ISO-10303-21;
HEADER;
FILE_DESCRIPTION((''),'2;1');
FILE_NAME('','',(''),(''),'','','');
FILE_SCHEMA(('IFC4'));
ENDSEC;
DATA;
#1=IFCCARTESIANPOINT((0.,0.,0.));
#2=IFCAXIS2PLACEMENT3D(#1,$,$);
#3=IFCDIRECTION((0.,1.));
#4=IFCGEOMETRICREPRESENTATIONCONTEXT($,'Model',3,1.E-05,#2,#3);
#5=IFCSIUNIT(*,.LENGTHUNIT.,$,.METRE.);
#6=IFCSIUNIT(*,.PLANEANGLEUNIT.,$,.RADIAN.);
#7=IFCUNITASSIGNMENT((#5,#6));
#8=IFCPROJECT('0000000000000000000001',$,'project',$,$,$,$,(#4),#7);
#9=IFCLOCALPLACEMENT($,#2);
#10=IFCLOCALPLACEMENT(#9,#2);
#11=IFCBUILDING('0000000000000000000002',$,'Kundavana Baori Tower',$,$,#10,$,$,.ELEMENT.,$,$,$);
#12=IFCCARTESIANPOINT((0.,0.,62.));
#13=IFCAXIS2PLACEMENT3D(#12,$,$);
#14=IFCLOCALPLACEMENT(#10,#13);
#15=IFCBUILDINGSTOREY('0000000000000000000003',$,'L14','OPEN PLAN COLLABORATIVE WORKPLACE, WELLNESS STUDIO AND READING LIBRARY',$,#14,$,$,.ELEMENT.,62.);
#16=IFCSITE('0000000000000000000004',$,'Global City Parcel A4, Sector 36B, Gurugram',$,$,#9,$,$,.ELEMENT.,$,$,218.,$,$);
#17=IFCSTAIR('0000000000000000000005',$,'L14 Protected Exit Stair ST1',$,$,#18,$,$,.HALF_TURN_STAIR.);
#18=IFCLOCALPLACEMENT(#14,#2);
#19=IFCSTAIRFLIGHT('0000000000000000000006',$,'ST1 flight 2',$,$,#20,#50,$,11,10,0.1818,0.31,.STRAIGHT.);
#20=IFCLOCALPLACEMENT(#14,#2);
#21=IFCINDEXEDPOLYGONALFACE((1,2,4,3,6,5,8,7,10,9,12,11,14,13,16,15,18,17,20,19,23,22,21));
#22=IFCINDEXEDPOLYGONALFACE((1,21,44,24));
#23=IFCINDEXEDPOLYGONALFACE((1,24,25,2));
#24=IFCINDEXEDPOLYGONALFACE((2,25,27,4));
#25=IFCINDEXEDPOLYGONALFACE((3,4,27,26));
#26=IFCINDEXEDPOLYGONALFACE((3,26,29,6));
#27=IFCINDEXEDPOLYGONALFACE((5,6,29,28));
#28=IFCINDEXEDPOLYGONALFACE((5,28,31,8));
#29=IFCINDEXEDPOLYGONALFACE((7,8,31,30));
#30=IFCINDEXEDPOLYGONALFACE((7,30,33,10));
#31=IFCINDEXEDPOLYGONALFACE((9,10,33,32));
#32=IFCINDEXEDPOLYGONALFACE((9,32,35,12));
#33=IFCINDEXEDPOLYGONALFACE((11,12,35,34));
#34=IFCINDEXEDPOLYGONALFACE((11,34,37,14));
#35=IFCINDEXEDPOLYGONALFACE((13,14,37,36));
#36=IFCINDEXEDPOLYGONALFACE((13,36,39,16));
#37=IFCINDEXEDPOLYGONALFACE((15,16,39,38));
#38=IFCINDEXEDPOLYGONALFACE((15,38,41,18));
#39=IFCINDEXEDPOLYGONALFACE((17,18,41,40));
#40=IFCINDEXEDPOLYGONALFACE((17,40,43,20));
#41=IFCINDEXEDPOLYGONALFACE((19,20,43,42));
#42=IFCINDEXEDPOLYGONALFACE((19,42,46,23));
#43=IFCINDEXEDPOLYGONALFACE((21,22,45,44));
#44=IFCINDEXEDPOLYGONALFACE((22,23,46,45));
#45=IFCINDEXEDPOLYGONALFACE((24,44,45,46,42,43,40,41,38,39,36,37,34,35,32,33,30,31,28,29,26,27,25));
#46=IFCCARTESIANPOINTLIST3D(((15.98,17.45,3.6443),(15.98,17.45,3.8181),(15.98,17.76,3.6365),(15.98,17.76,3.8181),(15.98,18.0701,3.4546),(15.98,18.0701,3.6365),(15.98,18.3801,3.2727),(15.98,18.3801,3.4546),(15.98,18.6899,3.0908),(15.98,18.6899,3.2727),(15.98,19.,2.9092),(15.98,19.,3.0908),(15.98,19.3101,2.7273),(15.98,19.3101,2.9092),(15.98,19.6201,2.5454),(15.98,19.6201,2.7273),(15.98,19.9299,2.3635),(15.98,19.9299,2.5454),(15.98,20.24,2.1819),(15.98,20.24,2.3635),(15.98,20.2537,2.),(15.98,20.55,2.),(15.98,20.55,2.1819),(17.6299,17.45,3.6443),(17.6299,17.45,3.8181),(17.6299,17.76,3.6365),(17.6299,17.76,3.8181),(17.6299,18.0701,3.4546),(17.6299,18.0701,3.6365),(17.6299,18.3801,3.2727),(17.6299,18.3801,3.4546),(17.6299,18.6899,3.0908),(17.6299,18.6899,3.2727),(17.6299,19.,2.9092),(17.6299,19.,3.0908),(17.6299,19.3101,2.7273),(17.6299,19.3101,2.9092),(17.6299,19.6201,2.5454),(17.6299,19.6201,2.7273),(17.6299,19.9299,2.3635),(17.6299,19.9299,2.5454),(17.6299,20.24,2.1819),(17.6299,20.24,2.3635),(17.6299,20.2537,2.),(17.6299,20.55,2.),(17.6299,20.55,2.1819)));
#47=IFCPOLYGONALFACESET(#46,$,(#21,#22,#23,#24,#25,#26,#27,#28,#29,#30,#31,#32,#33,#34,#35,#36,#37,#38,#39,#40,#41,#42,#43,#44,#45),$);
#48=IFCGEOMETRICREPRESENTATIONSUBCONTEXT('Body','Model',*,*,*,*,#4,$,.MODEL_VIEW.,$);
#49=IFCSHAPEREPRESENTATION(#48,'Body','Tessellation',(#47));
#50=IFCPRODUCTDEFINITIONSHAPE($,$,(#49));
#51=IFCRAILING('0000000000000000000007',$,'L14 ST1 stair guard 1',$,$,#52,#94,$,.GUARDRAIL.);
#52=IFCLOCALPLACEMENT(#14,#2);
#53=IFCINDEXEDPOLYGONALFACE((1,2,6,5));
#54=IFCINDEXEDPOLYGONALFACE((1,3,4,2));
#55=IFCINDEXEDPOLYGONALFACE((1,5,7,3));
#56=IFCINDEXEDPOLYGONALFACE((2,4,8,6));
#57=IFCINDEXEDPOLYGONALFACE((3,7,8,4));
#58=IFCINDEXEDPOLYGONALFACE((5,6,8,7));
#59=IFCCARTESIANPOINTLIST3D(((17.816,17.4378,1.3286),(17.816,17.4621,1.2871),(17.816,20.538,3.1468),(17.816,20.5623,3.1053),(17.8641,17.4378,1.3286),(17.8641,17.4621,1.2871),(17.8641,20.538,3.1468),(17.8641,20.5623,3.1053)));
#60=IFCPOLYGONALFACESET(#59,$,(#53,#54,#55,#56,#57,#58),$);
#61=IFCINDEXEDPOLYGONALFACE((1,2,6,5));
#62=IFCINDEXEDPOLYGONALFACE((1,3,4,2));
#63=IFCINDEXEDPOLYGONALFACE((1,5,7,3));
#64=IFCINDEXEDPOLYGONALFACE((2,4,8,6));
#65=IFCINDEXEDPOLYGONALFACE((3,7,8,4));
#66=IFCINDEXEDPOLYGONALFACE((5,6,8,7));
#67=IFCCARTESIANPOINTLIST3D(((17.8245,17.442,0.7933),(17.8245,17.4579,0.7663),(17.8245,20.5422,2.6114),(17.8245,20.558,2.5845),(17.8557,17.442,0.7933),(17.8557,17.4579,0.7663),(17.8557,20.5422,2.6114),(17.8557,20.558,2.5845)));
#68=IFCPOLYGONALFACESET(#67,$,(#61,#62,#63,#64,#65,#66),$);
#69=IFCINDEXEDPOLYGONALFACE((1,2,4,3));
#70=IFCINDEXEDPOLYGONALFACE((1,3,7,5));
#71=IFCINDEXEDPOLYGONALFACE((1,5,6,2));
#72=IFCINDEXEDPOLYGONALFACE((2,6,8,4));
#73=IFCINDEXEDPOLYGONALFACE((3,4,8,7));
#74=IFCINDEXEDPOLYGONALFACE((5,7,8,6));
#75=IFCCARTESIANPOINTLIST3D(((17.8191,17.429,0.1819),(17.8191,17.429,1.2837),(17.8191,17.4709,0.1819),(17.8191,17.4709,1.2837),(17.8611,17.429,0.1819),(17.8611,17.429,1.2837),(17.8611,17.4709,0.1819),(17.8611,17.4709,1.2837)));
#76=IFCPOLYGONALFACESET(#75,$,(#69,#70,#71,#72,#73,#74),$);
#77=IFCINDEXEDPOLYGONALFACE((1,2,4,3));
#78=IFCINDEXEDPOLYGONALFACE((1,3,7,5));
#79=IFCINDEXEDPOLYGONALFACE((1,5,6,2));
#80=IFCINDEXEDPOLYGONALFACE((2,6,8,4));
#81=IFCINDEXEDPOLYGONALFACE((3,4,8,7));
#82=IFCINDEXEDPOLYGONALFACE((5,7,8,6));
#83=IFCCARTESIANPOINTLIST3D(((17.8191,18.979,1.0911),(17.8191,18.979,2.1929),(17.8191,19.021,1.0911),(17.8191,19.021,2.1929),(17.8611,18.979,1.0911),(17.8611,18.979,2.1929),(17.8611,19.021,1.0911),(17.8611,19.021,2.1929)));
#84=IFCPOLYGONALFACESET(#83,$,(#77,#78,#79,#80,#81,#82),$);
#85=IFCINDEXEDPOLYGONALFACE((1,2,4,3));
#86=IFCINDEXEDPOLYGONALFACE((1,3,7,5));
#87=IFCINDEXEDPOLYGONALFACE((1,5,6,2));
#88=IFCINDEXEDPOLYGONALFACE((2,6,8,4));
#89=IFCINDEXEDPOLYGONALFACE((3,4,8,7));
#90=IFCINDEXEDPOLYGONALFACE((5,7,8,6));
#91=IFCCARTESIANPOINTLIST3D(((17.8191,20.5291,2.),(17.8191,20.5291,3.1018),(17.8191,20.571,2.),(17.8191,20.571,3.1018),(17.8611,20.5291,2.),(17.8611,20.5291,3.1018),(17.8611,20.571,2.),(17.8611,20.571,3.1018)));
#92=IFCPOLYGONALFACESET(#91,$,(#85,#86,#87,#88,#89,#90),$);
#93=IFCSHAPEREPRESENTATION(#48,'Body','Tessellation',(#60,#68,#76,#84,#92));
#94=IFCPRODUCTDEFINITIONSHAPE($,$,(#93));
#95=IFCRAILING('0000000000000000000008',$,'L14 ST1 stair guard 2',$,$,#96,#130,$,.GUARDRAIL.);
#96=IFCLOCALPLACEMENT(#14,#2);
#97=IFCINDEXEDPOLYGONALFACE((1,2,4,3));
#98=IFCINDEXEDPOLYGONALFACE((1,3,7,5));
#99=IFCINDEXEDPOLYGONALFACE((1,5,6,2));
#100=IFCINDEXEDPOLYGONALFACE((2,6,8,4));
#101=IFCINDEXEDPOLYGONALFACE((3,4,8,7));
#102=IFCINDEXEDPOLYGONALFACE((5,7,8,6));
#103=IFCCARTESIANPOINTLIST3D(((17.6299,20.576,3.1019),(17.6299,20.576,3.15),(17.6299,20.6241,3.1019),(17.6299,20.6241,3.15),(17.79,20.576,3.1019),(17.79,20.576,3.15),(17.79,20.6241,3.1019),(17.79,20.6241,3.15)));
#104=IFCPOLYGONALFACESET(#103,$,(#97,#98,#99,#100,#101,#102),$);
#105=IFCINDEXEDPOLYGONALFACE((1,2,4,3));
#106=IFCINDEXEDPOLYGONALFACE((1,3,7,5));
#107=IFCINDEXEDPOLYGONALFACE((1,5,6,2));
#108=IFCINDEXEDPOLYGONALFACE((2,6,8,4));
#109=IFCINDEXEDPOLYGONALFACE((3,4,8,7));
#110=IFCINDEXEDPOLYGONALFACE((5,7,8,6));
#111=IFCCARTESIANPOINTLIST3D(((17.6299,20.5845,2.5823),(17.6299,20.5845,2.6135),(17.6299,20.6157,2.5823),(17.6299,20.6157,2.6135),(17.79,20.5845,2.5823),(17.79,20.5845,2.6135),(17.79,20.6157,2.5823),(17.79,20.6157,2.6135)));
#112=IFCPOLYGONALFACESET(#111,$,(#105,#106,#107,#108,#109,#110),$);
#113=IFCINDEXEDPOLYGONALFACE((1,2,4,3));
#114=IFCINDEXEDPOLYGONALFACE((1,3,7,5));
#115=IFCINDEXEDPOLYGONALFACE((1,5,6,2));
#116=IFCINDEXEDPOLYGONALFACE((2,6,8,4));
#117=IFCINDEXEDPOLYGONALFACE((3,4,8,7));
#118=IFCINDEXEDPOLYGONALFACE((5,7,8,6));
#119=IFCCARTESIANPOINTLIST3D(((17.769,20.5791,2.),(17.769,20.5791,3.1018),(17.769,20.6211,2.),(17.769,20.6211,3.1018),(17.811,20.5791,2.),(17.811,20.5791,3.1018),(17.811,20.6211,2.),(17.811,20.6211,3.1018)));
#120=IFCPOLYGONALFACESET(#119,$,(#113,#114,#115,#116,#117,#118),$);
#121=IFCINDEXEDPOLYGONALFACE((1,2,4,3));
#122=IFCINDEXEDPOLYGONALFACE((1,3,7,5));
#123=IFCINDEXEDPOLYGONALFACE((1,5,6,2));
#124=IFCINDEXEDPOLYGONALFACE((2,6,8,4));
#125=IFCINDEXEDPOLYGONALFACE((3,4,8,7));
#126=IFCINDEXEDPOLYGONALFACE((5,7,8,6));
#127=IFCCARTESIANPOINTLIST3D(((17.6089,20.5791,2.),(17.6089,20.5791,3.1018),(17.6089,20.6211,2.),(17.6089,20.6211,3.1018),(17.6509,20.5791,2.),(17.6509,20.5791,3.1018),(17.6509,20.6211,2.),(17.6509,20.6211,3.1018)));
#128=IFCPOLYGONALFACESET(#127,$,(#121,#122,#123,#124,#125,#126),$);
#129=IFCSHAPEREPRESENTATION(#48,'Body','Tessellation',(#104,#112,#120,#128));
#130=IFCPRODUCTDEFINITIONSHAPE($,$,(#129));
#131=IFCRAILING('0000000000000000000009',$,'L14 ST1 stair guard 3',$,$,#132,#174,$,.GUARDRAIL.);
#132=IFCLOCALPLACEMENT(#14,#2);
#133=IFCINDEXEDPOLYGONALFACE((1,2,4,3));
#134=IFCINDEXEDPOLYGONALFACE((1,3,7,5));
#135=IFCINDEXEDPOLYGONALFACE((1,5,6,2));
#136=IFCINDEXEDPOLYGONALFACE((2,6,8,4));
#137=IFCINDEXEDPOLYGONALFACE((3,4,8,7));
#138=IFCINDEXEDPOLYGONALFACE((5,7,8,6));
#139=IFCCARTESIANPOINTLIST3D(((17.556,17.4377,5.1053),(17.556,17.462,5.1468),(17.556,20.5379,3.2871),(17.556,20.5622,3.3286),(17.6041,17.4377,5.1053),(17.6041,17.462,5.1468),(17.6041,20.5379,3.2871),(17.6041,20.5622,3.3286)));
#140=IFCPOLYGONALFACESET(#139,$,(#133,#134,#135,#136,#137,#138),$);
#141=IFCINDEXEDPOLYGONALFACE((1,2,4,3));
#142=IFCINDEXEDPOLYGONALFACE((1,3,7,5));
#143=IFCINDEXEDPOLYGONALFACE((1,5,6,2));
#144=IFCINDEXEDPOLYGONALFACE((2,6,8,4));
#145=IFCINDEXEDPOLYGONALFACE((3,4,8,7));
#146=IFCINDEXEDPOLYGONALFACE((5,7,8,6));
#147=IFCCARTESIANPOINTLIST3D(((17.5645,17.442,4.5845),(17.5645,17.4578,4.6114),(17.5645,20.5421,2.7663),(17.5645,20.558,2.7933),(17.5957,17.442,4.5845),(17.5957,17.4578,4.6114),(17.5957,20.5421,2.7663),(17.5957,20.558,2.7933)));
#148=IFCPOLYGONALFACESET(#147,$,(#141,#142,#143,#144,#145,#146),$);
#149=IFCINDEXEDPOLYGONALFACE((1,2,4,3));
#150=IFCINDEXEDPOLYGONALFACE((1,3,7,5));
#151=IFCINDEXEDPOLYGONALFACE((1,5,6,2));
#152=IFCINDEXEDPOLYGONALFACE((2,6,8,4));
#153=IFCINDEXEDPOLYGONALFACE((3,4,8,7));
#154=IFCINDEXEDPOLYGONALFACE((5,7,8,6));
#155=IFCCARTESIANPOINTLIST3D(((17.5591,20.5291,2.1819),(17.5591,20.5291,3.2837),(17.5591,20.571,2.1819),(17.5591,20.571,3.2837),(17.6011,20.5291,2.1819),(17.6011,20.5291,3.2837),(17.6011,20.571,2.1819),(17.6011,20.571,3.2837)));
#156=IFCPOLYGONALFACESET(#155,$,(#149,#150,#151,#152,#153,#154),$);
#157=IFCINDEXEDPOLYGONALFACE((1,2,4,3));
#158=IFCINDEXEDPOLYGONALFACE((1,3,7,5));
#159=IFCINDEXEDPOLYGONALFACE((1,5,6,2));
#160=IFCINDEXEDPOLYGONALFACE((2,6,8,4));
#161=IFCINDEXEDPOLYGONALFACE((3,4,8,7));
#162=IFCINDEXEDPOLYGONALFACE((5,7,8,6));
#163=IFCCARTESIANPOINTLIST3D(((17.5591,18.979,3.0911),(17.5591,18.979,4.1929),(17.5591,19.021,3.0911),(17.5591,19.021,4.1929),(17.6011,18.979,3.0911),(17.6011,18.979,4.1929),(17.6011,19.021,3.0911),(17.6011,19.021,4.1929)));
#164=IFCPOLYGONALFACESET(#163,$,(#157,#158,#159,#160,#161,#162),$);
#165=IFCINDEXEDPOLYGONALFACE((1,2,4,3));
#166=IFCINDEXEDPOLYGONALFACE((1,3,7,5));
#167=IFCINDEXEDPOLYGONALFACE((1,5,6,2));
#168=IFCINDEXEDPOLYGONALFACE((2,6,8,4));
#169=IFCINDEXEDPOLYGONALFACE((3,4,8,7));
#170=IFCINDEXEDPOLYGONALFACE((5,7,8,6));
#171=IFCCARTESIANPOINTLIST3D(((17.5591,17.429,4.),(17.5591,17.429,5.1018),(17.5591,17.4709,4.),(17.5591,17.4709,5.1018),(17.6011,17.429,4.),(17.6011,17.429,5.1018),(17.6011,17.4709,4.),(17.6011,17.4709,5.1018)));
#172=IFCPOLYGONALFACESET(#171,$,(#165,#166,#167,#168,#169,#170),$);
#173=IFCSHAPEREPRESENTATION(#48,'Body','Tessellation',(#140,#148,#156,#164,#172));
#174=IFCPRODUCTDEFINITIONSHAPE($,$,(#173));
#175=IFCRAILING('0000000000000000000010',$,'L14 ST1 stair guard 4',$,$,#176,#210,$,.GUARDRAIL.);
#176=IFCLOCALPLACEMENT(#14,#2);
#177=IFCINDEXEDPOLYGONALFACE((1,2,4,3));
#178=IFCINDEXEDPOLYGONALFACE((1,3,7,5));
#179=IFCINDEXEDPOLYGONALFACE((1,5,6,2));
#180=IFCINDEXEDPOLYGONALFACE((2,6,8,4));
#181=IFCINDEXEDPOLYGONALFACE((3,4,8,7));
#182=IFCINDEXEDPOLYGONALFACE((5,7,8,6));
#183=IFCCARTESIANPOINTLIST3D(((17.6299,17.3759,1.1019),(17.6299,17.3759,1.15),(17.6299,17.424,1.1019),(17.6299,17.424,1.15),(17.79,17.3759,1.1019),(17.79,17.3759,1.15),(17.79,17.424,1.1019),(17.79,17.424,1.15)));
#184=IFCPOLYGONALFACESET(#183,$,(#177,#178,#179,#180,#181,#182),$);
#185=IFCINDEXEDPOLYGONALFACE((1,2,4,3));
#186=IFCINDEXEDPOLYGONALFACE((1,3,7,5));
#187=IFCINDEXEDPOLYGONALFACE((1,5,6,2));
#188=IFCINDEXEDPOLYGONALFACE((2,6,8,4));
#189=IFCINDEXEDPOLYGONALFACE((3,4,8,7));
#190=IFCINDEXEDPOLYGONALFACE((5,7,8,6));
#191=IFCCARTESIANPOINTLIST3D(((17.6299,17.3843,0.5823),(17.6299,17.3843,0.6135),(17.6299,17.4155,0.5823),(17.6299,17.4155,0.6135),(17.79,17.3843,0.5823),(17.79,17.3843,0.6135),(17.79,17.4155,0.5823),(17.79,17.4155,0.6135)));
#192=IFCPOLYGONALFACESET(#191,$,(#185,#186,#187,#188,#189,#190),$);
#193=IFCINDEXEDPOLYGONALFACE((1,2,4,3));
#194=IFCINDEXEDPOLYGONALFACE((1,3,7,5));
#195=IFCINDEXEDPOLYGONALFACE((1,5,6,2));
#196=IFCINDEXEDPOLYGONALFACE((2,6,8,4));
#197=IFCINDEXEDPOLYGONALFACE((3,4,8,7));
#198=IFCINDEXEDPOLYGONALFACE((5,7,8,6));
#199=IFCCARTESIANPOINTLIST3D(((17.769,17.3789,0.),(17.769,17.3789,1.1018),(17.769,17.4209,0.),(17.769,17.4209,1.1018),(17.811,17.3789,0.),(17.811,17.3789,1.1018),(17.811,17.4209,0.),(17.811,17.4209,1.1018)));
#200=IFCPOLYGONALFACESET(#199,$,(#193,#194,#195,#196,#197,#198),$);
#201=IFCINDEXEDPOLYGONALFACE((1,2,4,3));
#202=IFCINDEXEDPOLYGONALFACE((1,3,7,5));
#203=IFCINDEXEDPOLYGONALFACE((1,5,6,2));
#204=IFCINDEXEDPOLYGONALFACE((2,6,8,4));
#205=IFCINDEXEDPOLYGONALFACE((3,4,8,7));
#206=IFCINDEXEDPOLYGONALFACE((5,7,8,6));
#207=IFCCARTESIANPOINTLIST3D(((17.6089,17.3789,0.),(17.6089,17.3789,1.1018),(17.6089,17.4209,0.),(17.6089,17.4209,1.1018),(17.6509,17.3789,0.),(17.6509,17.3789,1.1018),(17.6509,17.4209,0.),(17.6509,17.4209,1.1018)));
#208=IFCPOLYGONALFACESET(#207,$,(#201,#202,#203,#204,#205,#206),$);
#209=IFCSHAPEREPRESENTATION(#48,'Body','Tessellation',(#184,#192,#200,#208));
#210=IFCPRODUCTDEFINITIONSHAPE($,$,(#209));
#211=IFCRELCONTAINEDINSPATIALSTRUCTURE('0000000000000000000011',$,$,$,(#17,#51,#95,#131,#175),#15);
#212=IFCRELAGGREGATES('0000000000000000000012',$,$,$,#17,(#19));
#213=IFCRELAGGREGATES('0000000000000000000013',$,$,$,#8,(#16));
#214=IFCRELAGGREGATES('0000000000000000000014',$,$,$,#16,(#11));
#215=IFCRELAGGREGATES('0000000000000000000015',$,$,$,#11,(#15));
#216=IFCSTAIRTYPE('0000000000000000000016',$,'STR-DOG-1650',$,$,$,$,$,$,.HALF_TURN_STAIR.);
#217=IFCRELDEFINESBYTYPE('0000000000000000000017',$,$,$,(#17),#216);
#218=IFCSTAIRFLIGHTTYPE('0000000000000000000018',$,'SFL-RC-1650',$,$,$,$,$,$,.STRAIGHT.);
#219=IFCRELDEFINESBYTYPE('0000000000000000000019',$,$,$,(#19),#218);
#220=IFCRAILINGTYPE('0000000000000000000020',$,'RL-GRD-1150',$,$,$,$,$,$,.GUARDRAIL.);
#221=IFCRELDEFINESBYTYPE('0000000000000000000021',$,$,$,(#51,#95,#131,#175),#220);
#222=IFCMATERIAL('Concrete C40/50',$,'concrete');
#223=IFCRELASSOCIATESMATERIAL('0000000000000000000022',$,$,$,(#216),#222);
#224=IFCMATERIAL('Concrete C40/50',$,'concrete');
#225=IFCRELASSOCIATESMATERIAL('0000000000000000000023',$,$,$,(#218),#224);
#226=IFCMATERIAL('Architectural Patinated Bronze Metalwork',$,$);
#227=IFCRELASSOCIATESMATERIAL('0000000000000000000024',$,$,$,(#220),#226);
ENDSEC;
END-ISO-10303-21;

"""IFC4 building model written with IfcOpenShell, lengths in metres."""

from ifc_helpers import new_model, si_unit, direction, frame, origin, origin_2d, place, context, subcontext, project, spatial, polyline, rectangle, outline, extrude, material, type_object, element, aggregate, save


model = new_model("IFC4")

# Units and contexts
model_context = context("Model", 3, precision=1e-05, world=origin(), true_north=direction((0.0, 1.0)))
body_context = subcontext(model_context, "Body", "Model", "MODEL_VIEW")
ifc_project = project(units=[si_unit("LENGTHUNIT", "METRE"), si_unit("PLANEANGLEUNIT", "RADIAN")], contexts=[model_context])

# Site, building, storey
site_placement = place(None, origin())
site = spatial("IfcSite", under=ifc_project, at=site_placement, Name="Global City Parcel A4, Sector 36B, Gurugram", CompositionType="ELEMENT", RefElevation=218.0)
building_placement = place(site_placement, origin())
building = spatial("IfcBuilding", under=site, at=building_placement, Name="Kundavana Baori Tower", CompositionType="ELEMENT")
storey_placement = place(building_placement, frame((0.0, 0.0, 62.0)))
storey = spatial("IfcBuildingStorey", under=building, at=storey_placement, Name="L14", Description="OPEN PLAN COLLABORATIVE WORKPLACE, WELLNESS STUDIO AND READING LIBRARY", CompositionType="ELEMENT", Elevation=62.0)

# Stair, stair flight
ifc_material_1 = material(Name="Concrete C40/50", Category="concrete")
stair_type = type_object("IfcStairType", Name="STR-DOG-1650", PredefinedType="HALF_TURN_STAIR", material=ifc_material_1)
stair_placement = place(storey_placement, origin())
stair = element("IfcStair", 1, at=stair_placement, inside=storey, type_object=stair_type, Name="L14 Protected Exit Stair ST1", PredefinedType="HALF_TURN_STAIR")
ifc_material_2 = material(Name="Concrete C40/50", Category="concrete")
stair_flight_type = type_object("IfcStairFlightType", Name="SFL-RC-1650", PredefinedType="STRAIGHT", material=ifc_material_2)
stair_flight_1_placement = place(storey_placement, frame((16.8049, 20.55, 2.0), z_axis=(0.0, 0.0, 1.0), x_axis=(0.0, -1.0, 0.0)))
stair_flight_1 = element("IfcStairFlight", 2, at=stair_flight_1_placement, type_object=stair_flight_type, Name="ST1 flight 2", NumberOfRisers=11, NumberOfTreads=10, PredefinedType="STRAIGHT", RiserHeight=0.1818, TreadLength=0.31, context=body_context, shape_type="SweptSolid", body=[
    extrude(outline(polyline([(0.0, 0.0), (0.0, 0.1819), (0.3101, 0.1819), (0.3101, 0.3635), (0.6201, 0.3635), (0.6201, 0.5454), (0.9299, 0.5454), (0.9299, 0.7273), (1.24, 0.7273), (1.24, 0.9092), (1.55, 0.9092), (1.55, 1.0908), (1.8601, 1.0908), (1.8601, 1.2727), (2.1699, 1.2727), (2.1699, 1.4546), (2.48, 1.4546), (2.48, 1.6365), (2.79, 1.6365), (2.79, 1.8181), (3.1001, 1.8181), (3.1001, 2.0), (3.1001, 1.6443), (0.2964, 0.0), (0.0, 0.0)])), frame((0.0, 0.825, 0.0), z_axis=(0.0, -1.0, 0.0), x_axis=(1.0, 0.0, 0.0)), (0.0, 0.0, 1.0), 1.6499),
])
aggregate(stair, [stair_flight_1])

# Railings
ifc_material_3 = material(Name="Architectural Patinated Bronze Metalwork")
railing_type_1 = type_object("IfcRailingType", Name="RL-GRD-1150", PredefinedType="GUARDRAIL", material=ifc_material_3)
railing_1_placement = place(storey_placement, frame((17.8401, 17.45, 0.1819)))
element("IfcRailing", 3, at=railing_1_placement, inside=storey, type_object=railing_type_1, Name="L14 ST1 stair guard 1", PredefinedType="GUARDRAIL", context=body_context, shape_type="SweptSolid", body=[
    extrude(rectangle(XDim=0.0481, YDim=0.0481, at=origin_2d()), frame((0.0, 0.0, 1.126), z_axis=(0.0, 0.862599, 0.505889), x_axis=(-1.0, 0.0, 0.0)), (0.0, 0.0, 1.0), 3.594),
    extrude(rectangle(XDim=0.0312, YDim=0.0312, at=origin_2d()), frame((0.0, 0.0, 0.5979), z_axis=(0.0, 0.862599, 0.505889), x_axis=(-1.0, 0.0, 0.0)), (0.0, 0.0, 1.0), 3.594),
    extrude(rectangle(XDim=0.042, YDim=0.042, at=origin_2d()), origin(), (0.0, 0.0, 1.0), 1.1018),
    extrude(rectangle(XDim=0.042, YDim=0.042, at=origin_2d()), frame((0.0, 1.55, 0.9092)), (0.0, 0.0, 1.0), 1.1018),
    extrude(rectangle(XDim=0.042, YDim=0.042, at=origin_2d()), frame((0.0, 3.1001, 1.8181)), (0.0, 0.0, 1.0), 1.1018),
])
railing_2_placement = place(storey_placement, frame((17.79, 20.6001, 2.0)))
element("IfcRailing", 4, at=railing_2_placement, inside=storey, type_object=railing_type_1, Name="L14 ST1 stair guard 2", PredefinedType="GUARDRAIL", context=body_context, shape_type="SweptSolid", body=[
    extrude(rectangle(XDim=0.0481, YDim=0.0481, at=origin_2d()), frame((0.0, 0.0, 1.126), z_axis=(-1.0, 0.0, 0.0), x_axis=(0.0, -1.0, 0.0)), (0.0, 0.0, 1.0), 0.1602),
    extrude(rectangle(XDim=0.0312, YDim=0.0312, at=origin_2d()), frame((0.0, 0.0, 0.5979), z_axis=(-1.0, 0.0, 0.0), x_axis=(0.0, -1.0, 0.0)), (0.0, 0.0, 1.0), 0.1602),
    extrude(rectangle(XDim=0.042, YDim=0.042, at=origin_2d()), origin(), (0.0, 0.0, 1.0), 1.1018),
    extrude(rectangle(XDim=0.042, YDim=0.042, at=origin_2d()), frame((-0.1602, 0.0, 0.0)), (0.0, 0.0, 1.0), 1.1018),
])
railing_3_placement = place(storey_placement, frame((17.5801, 20.55, 2.1819)))
element("IfcRailing", 5, at=railing_3_placement, inside=storey, type_object=railing_type_1, Name="L14 ST1 stair guard 3", PredefinedType="GUARDRAIL", context=body_context, shape_type="SweptSolid", body=[
    extrude(rectangle(XDim=0.0481, YDim=0.0481, at=origin_2d()), frame((0.0, 0.0, 1.126), z_axis=(0.0, -0.862599, 0.505889), x_axis=(1.0, 0.0, 0.0)), (0.0, 0.0, 1.0), 3.594),
    extrude(rectangle(XDim=0.0312, YDim=0.0312, at=origin_2d()), frame((0.0, 0.0, 0.5979), z_axis=(0.0, -0.862599, 0.505889), x_axis=(1.0, 0.0, 0.0)), (0.0, 0.0, 1.0), 3.594),
    extrude(rectangle(XDim=0.042, YDim=0.042, at=origin_2d()), origin(), (0.0, 0.0, 1.0), 1.1018),
    extrude(rectangle(XDim=0.042, YDim=0.042, at=origin_2d()), frame((0.0, -1.55, 0.9092)), (0.0, 0.0, 1.0), 1.1018),
    extrude(rectangle(XDim=0.042, YDim=0.042, at=origin_2d()), frame((0.0, -3.1001, 1.8181)), (0.0, 0.0, 1.0), 1.1018),
])
railing_4_placement = place(storey_placement, frame((17.79, 17.3999, 0.0)))
element("IfcRailing", 6, at=railing_4_placement, inside=storey, type_object=railing_type_1, Name="L14 ST1 stair guard 4", PredefinedType="GUARDRAIL", context=body_context, shape_type="SweptSolid", body=[
    extrude(rectangle(XDim=0.0481, YDim=0.0481, at=origin_2d()), frame((0.0, 0.0, 1.126), z_axis=(-1.0, 0.0, 0.0), x_axis=(0.0, -1.0, 0.0)), (0.0, 0.0, 1.0), 0.1602),
    extrude(rectangle(XDim=0.0312, YDim=0.0312, at=origin_2d()), frame((0.0, 0.0, 0.5979), z_axis=(-1.0, 0.0, 0.0), x_axis=(0.0, -1.0, 0.0)), (0.0, 0.0, 1.0), 0.1602),
    extrude(rectangle(XDim=0.042, YDim=0.042, at=origin_2d()), origin(), (0.0, 0.0, 1.0), 1.1018),
    extrude(rectangle(XDim=0.042, YDim=0.042, at=origin_2d()), frame((-0.1602, 0.0, 0.0)), (0.0, 0.0, 1.0), 1.1018),
])

save(model, "model.ifc")
